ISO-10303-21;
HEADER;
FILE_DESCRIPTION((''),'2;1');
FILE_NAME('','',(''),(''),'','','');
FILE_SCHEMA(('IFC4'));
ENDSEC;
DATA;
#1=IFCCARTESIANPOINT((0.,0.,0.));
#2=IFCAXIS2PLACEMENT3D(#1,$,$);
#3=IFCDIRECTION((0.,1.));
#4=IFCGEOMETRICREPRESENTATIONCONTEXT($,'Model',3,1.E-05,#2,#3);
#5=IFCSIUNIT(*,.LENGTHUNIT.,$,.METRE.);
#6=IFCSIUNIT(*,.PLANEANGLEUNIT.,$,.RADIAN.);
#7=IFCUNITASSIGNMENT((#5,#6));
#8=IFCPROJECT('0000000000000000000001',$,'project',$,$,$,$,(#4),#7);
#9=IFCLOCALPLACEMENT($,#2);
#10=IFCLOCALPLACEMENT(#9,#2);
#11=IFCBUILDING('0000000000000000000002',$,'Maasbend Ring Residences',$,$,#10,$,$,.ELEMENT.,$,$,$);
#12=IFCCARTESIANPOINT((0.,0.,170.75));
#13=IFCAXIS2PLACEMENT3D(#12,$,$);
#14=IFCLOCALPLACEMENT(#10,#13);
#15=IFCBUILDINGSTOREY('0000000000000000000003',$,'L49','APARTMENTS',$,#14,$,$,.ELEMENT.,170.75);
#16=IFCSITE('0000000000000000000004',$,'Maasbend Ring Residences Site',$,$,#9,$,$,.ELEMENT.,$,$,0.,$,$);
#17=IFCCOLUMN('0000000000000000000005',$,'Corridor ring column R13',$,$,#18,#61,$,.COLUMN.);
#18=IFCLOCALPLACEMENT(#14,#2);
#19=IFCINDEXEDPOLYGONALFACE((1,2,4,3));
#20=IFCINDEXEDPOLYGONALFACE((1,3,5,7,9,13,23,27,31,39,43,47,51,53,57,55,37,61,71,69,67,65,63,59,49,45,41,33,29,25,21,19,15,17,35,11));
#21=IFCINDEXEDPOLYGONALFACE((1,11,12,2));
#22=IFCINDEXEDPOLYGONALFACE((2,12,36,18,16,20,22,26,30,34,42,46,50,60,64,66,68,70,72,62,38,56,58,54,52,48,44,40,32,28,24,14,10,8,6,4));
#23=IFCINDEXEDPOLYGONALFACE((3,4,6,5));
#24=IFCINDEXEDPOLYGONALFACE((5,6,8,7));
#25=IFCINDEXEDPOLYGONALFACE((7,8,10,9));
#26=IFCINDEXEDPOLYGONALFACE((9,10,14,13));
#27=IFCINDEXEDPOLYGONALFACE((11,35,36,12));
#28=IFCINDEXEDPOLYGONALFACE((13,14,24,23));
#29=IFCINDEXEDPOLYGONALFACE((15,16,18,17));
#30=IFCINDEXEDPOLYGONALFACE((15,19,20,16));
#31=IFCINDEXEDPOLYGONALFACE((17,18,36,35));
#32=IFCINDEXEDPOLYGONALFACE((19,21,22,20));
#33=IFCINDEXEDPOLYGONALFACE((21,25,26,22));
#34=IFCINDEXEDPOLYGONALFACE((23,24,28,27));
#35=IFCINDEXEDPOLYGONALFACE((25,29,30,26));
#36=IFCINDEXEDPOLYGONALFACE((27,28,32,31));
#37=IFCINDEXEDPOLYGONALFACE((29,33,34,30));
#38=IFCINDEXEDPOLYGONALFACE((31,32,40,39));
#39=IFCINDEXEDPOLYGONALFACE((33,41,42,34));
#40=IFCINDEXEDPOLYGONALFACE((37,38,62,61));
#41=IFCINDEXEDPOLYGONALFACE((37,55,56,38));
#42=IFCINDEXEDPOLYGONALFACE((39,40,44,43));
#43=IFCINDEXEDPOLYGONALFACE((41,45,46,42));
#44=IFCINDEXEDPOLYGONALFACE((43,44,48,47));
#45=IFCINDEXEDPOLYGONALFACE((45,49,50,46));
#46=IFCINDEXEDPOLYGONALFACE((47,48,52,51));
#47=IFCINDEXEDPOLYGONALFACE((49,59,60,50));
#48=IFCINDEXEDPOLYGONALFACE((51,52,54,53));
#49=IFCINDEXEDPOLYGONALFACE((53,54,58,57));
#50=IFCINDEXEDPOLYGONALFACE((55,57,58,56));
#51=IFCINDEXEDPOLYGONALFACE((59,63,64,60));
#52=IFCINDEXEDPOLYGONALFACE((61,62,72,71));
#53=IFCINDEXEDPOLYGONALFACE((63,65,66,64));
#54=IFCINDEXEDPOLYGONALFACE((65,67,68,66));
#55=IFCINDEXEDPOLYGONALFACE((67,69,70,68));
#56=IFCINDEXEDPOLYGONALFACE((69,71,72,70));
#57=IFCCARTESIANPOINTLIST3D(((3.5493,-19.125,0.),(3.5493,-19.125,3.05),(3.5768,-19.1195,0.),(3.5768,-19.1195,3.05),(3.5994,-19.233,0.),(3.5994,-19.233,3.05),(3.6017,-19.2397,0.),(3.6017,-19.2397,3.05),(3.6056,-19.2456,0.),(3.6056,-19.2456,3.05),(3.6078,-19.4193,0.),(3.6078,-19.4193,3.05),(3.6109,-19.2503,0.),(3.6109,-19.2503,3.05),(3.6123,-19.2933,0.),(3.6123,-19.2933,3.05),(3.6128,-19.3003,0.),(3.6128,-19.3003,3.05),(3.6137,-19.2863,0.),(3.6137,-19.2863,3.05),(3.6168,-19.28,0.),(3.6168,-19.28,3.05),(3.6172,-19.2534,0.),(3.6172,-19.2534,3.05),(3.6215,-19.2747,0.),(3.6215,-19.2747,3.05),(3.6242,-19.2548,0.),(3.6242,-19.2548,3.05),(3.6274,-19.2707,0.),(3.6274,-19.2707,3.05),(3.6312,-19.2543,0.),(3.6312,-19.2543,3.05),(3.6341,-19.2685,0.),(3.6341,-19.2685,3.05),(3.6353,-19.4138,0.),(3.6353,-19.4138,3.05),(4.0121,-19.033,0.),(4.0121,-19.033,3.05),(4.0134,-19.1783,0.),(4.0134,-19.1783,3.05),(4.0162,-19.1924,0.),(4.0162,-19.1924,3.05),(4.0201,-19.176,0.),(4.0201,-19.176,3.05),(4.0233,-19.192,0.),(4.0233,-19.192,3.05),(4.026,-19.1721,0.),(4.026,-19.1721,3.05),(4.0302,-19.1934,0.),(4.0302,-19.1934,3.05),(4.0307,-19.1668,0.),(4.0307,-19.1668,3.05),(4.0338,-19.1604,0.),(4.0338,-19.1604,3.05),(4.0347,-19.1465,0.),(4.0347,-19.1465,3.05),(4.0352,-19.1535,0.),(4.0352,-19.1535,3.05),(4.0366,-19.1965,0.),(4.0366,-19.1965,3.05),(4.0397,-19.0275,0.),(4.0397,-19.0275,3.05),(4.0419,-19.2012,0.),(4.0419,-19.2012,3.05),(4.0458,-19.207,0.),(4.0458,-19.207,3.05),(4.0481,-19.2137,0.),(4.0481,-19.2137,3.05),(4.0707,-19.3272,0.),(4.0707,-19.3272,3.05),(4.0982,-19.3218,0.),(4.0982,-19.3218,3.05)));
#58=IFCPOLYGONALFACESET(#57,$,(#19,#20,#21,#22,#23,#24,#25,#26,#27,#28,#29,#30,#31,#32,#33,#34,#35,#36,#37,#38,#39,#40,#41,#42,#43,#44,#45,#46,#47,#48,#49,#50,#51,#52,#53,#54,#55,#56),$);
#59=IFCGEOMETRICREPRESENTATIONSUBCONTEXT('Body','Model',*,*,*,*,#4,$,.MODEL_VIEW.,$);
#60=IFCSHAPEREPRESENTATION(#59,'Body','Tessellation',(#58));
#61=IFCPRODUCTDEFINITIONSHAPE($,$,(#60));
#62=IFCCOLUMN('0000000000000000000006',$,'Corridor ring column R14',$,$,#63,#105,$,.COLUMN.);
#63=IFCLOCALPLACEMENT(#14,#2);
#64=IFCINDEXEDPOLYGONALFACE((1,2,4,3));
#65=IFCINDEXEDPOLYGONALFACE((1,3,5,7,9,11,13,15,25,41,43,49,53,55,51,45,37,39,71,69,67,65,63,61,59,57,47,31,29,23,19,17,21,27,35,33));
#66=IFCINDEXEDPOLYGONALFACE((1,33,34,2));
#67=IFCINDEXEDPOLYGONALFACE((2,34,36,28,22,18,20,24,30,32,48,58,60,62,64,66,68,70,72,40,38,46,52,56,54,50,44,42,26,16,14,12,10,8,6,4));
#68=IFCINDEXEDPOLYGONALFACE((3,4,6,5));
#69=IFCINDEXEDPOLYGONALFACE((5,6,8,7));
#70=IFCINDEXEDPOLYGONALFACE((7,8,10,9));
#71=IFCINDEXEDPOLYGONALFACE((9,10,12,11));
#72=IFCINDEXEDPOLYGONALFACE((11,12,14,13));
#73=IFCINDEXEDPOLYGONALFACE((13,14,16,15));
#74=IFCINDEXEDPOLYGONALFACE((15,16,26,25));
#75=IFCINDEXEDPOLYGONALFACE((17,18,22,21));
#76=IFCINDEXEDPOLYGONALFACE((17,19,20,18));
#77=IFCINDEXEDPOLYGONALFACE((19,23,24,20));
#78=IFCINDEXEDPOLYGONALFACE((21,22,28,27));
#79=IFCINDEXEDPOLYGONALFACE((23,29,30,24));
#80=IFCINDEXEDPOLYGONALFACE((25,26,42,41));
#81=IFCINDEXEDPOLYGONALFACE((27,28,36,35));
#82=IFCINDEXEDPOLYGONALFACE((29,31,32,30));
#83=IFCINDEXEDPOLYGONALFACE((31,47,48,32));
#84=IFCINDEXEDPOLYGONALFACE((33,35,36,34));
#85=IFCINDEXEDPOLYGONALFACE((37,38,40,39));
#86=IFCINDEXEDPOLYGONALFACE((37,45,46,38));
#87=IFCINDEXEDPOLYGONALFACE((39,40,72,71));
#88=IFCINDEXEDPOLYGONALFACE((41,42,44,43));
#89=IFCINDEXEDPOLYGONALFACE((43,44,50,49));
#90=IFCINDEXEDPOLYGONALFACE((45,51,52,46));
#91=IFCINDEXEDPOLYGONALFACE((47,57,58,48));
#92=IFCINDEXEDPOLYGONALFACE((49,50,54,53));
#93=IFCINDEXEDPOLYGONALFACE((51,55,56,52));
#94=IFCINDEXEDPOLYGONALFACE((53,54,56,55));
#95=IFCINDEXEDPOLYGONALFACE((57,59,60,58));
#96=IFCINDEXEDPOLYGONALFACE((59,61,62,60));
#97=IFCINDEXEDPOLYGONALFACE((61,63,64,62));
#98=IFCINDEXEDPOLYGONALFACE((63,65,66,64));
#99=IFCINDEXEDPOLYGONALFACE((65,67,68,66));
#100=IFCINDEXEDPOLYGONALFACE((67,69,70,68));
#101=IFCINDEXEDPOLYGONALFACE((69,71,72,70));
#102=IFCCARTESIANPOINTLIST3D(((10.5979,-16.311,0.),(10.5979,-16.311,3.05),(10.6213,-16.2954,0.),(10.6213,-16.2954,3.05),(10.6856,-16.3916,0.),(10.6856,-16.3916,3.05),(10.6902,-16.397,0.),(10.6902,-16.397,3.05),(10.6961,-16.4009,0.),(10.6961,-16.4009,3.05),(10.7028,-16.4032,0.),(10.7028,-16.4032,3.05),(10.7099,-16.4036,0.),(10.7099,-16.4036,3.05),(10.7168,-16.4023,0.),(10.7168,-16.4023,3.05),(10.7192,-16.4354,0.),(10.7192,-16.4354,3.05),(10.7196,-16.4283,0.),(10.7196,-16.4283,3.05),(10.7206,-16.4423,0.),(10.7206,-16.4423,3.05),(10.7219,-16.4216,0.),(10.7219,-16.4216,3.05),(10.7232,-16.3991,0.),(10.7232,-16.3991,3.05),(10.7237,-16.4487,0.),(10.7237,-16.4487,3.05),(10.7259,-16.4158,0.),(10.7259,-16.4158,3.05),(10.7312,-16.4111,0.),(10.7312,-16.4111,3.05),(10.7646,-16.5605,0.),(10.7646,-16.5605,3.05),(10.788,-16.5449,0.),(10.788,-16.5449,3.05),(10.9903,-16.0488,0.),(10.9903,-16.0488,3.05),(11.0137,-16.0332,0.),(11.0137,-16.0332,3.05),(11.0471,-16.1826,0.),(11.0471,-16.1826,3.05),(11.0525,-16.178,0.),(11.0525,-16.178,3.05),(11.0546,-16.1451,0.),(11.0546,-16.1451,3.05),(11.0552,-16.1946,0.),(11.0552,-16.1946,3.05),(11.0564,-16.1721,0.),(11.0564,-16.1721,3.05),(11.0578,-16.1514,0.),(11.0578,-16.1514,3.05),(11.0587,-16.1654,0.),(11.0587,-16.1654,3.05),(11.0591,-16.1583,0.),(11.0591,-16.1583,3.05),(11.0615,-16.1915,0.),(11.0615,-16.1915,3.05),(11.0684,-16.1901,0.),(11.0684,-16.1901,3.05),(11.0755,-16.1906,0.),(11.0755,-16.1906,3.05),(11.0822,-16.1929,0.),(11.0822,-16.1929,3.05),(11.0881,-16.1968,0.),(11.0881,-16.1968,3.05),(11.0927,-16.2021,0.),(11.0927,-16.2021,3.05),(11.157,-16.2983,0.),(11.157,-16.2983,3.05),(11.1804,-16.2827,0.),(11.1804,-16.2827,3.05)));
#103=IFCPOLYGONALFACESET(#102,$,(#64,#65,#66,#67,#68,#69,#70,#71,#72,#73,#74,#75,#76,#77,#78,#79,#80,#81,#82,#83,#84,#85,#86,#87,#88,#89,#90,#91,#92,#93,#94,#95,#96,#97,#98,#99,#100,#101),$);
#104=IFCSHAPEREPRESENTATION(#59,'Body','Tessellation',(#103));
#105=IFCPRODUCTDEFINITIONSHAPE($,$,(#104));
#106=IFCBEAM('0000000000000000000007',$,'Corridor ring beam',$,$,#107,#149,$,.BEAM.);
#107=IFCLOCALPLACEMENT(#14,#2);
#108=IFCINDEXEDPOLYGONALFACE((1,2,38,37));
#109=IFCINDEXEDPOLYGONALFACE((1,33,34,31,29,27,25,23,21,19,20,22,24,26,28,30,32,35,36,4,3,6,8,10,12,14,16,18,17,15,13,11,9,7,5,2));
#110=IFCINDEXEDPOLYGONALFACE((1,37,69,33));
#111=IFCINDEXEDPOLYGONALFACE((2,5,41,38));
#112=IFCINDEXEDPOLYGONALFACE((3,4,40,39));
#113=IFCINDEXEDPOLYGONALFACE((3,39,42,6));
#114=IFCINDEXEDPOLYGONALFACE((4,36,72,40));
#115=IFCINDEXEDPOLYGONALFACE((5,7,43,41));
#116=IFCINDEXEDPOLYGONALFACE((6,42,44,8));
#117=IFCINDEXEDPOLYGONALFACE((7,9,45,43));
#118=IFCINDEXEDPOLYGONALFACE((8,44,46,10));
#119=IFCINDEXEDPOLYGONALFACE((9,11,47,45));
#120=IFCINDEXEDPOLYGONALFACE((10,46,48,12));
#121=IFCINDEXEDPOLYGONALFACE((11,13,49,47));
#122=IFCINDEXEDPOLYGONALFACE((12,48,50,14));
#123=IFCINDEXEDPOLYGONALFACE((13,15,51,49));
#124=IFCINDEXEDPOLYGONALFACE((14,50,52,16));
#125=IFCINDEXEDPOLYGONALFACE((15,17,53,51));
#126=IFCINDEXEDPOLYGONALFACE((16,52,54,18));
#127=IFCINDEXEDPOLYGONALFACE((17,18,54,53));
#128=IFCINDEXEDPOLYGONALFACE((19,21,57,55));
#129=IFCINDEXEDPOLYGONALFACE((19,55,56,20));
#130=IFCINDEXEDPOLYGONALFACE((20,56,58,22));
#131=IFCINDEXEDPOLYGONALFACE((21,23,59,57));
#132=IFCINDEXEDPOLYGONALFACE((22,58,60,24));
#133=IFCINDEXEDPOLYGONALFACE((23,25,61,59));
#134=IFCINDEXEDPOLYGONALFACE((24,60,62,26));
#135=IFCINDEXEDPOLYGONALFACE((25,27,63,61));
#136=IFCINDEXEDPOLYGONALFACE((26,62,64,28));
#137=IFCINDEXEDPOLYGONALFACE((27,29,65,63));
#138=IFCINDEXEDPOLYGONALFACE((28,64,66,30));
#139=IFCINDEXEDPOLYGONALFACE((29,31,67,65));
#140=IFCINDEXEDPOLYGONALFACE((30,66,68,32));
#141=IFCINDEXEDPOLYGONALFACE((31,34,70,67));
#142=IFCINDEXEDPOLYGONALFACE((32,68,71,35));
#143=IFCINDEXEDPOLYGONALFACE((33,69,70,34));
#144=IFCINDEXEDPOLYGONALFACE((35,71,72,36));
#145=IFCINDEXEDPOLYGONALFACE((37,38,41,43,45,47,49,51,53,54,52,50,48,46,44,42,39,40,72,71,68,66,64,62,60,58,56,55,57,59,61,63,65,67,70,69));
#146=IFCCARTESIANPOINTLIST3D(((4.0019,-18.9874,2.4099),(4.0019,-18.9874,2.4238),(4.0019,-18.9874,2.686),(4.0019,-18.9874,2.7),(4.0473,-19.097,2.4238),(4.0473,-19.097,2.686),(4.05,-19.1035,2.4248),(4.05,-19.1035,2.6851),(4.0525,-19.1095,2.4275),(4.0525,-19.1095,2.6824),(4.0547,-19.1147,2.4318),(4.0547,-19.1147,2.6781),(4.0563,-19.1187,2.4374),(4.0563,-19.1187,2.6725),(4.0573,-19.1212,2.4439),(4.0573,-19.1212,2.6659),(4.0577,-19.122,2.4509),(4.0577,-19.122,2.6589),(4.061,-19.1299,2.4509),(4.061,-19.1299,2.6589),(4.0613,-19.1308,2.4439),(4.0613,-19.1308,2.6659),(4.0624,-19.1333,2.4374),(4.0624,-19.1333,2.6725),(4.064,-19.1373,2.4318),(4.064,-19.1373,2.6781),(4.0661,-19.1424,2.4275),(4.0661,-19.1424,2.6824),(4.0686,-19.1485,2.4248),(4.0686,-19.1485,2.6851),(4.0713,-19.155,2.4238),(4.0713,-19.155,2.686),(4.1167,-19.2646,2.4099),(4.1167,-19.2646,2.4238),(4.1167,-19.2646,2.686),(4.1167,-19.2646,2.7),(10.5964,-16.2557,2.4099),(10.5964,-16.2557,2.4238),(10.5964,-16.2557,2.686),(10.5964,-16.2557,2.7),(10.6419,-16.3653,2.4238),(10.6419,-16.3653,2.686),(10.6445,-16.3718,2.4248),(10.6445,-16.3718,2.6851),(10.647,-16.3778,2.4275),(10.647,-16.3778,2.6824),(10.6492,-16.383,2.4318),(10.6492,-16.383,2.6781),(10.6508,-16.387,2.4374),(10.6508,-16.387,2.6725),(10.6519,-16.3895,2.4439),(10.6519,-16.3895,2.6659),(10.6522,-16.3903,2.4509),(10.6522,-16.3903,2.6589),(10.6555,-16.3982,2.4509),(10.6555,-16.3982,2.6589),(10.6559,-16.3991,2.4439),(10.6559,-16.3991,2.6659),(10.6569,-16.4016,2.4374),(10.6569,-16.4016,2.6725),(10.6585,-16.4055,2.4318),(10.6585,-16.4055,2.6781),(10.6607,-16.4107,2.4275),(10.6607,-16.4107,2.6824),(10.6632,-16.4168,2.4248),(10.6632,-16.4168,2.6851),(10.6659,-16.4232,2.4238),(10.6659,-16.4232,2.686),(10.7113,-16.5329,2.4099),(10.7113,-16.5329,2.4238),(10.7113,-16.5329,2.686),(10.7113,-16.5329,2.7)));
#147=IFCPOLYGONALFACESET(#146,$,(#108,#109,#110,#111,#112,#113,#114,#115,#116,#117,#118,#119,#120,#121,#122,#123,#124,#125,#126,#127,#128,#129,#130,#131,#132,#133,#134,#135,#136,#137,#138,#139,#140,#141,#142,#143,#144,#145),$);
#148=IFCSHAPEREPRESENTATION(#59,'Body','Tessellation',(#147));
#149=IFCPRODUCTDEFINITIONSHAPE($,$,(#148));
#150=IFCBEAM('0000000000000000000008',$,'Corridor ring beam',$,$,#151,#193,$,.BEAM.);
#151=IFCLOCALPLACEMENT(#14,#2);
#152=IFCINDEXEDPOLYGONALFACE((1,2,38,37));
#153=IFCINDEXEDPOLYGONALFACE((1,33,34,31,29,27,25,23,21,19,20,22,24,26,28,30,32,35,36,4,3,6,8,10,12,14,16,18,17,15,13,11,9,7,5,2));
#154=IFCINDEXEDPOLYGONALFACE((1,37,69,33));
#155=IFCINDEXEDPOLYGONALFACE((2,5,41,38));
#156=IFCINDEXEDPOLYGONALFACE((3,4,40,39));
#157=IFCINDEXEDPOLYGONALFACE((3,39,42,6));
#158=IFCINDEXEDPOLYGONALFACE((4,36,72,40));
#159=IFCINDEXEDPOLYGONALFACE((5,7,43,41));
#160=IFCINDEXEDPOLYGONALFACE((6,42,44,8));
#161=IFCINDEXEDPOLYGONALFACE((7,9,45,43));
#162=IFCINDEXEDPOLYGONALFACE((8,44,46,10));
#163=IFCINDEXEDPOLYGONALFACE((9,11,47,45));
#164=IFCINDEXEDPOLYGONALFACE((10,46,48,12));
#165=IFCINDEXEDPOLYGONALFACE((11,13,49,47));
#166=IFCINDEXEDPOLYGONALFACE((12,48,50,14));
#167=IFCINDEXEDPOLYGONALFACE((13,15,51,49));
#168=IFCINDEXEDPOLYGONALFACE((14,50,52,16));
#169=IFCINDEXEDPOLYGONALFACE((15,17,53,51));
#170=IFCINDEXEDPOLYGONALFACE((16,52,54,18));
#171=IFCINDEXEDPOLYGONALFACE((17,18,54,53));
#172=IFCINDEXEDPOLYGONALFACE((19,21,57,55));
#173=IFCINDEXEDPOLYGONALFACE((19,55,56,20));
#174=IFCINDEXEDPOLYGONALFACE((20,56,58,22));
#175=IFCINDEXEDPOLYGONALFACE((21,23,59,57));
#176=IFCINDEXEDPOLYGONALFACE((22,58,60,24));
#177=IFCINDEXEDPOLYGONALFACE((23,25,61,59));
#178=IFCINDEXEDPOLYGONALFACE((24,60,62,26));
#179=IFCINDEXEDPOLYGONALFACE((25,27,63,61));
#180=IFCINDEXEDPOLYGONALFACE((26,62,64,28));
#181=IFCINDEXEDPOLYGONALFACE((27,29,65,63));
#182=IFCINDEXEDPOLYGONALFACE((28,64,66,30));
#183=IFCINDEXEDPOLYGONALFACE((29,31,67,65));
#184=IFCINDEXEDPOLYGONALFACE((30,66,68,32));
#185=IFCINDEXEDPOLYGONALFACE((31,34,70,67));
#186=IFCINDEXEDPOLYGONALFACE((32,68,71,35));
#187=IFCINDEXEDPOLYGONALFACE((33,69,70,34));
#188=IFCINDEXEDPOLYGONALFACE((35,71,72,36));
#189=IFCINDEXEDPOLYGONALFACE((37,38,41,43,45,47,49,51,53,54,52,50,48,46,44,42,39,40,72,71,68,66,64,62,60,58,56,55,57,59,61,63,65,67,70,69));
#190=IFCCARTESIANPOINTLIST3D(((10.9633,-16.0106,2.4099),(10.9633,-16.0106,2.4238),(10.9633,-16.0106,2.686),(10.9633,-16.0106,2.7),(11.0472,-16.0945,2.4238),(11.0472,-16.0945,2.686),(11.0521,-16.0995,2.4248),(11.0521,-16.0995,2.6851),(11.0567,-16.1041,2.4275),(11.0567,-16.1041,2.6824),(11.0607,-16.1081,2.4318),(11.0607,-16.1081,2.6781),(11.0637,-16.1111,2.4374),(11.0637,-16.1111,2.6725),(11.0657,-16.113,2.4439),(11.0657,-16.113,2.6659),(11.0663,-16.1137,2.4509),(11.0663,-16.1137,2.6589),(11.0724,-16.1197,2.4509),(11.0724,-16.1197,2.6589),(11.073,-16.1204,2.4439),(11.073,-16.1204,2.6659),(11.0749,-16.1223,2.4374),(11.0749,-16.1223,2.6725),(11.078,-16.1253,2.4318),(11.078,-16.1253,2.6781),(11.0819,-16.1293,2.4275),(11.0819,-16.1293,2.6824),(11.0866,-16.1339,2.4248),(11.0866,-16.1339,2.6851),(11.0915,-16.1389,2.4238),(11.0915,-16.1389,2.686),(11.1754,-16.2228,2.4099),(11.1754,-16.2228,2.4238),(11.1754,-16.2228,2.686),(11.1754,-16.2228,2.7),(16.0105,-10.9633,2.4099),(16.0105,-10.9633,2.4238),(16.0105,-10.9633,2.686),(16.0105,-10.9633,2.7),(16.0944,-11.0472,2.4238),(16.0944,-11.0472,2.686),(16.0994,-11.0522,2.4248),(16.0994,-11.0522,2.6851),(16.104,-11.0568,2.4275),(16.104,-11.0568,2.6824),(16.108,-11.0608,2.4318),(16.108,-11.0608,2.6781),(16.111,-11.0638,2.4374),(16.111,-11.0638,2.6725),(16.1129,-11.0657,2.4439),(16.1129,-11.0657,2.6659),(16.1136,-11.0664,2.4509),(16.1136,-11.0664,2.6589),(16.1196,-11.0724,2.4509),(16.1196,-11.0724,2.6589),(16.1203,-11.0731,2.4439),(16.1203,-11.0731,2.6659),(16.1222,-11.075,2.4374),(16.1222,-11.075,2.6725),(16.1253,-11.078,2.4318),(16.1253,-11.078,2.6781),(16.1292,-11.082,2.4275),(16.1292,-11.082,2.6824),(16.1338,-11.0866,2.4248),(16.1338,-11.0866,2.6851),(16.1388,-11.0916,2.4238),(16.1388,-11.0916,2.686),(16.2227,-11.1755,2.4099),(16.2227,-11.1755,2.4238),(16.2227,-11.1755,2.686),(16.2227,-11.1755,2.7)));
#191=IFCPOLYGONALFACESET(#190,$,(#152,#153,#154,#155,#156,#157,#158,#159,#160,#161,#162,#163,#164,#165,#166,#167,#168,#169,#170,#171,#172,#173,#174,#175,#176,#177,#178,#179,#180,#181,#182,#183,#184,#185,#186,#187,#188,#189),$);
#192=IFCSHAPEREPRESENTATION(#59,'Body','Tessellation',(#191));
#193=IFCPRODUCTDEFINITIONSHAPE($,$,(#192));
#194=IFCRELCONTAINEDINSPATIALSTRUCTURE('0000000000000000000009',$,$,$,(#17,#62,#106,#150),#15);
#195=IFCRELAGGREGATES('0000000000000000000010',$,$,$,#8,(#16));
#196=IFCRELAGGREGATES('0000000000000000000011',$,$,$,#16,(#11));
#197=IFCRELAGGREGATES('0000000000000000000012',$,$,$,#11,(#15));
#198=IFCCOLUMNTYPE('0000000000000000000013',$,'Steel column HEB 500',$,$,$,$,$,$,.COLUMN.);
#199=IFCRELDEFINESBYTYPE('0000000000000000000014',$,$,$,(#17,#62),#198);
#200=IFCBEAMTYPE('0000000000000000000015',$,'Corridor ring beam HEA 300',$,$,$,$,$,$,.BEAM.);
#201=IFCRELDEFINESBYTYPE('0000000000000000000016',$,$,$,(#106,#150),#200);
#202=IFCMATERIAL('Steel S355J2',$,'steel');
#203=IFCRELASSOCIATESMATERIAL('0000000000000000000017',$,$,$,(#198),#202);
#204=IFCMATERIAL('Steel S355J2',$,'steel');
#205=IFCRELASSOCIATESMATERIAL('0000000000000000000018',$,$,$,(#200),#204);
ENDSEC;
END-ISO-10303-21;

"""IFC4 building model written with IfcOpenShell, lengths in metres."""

from ifc_helpers import new_model, si_unit, direction, frame, origin, origin_2d, place, context, subcontext, project, spatial, i_section, extrude, material, material_profile, profile_set, type_object, element, save


model = new_model("IFC4")

# Units and contexts
model_context = context("Model", 3, precision=1e-05, world=origin(), true_north=direction((0.0, 1.0)))
body_context = subcontext(model_context, "Body", "Model", "MODEL_VIEW")
ifc_project = project(units=[si_unit("LENGTHUNIT", "METRE"), si_unit("PLANEANGLEUNIT", "RADIAN")], contexts=[model_context])

# Site, building, storey
site_placement = place(None, origin())
site = spatial("IfcSite", under=ifc_project, at=site_placement, Name="Maasbend Ring Residences Site", CompositionType="ELEMENT", RefElevation=0.0)
building_placement = place(site_placement, origin())
building = spatial("IfcBuilding", under=site, at=building_placement, Name="Maasbend Ring Residences", CompositionType="ELEMENT")
storey_placement = place(building_placement, frame((0.0, 0.0, 170.75)))
storey = spatial("IfcBuildingStorey", under=building, at=storey_placement, Name="L49", Description="APARTMENTS", CompositionType="ELEMENT", Elevation=170.75)

# Columns
ifc_material_1 = material(Name="Steel S355J2", Category="steel")
ifc_material_profile_1 = material_profile(ifc_material_1, i_section(OverallWidth=0.3, OverallDepth=0.5, WebThickness=0.0144, FlangeThickness=0.0281, FilletRadius=0.0271, at=origin_2d()), Name="HEB 500")
ifc_profile_set_1 = profile_set([ifc_material_profile_1], Name="Steel S355J2")
column_type = type_object("IfcColumnType", Name="Steel column HEB 500", PredefinedType="COLUMN", material=ifc_profile_set_1)
for number, where, z_axis, x_axis, name in (
    (1, (3.8237, -19.2234, 0.0), (0.0, 0.0, 1.0), (0.19509, -0.980785, 0.0), "Corridor ring column R13"),
    (2, (10.8892, -16.2969, 0.0), (0.0, 0.0, 1.0), (0.55557, -0.83147, 0.0), "Corridor ring column R14"),
):
    element("IfcColumn", number, at=place(storey_placement, frame(where, z_axis=z_axis, x_axis=x_axis)), inside=storey, type_object=column_type, Name=name, PredefinedType="COLUMN", context=body_context, shape_type="SweptSolid", body=[
        extrude(i_section(OverallWidth=0.3, OverallDepth=0.5, WebThickness=0.0144, FlangeThickness=0.0281, FilletRadius=0.0271, at=origin_2d()), origin(), (0.0, 0.0, 1.0), 3.05),
    ])

# Beams
ifc_material_2 = material(Name="Steel S355J2", Category="steel")
ifc_material_profile_2 = material_profile(ifc_material_2, i_section(OverallWidth=0.3, OverallDepth=0.29, WebThickness=0.0085, FlangeThickness=0.0139, FilletRadius=0.0271, at=origin_2d()), Name="HEA 300")
ifc_profile_set_2 = profile_set([ifc_material_profile_2], Name="Steel S355J2")
beam_type = type_object("IfcBeamType", Name="Corridor ring beam HEA 300", PredefinedType="BEAM", material=ifc_profile_set_2)
for number, where, z_axis, x_axis, name in (
    (3, (4.0593, -19.126, 2.5549), (0.923871, 0.382703, 0.0), (-0.382703, 0.923871, 0.0), "Corridor ring beam"),
    (4, (11.0693, -16.1167, 2.5549), (0.707107, 0.707107, 0.0), (-0.707107, 0.707107, 0.0), "Corridor ring beam"),
):
    element("IfcBeam", number, at=place(storey_placement, frame(where, z_axis=z_axis, x_axis=x_axis)), inside=storey, type_object=beam_type, Name=name, PredefinedType="BEAM", context=body_context, shape_type="SweptSolid", body=[
        extrude(i_section(OverallWidth=0.3, OverallDepth=0.29, WebThickness=0.0085, FlangeThickness=0.0139, FilletRadius=0.0271, at=origin_2d()), origin(), (0.0, 0.0, 1.0), 7.1379),
    ])

save(model, "model.ifc")
